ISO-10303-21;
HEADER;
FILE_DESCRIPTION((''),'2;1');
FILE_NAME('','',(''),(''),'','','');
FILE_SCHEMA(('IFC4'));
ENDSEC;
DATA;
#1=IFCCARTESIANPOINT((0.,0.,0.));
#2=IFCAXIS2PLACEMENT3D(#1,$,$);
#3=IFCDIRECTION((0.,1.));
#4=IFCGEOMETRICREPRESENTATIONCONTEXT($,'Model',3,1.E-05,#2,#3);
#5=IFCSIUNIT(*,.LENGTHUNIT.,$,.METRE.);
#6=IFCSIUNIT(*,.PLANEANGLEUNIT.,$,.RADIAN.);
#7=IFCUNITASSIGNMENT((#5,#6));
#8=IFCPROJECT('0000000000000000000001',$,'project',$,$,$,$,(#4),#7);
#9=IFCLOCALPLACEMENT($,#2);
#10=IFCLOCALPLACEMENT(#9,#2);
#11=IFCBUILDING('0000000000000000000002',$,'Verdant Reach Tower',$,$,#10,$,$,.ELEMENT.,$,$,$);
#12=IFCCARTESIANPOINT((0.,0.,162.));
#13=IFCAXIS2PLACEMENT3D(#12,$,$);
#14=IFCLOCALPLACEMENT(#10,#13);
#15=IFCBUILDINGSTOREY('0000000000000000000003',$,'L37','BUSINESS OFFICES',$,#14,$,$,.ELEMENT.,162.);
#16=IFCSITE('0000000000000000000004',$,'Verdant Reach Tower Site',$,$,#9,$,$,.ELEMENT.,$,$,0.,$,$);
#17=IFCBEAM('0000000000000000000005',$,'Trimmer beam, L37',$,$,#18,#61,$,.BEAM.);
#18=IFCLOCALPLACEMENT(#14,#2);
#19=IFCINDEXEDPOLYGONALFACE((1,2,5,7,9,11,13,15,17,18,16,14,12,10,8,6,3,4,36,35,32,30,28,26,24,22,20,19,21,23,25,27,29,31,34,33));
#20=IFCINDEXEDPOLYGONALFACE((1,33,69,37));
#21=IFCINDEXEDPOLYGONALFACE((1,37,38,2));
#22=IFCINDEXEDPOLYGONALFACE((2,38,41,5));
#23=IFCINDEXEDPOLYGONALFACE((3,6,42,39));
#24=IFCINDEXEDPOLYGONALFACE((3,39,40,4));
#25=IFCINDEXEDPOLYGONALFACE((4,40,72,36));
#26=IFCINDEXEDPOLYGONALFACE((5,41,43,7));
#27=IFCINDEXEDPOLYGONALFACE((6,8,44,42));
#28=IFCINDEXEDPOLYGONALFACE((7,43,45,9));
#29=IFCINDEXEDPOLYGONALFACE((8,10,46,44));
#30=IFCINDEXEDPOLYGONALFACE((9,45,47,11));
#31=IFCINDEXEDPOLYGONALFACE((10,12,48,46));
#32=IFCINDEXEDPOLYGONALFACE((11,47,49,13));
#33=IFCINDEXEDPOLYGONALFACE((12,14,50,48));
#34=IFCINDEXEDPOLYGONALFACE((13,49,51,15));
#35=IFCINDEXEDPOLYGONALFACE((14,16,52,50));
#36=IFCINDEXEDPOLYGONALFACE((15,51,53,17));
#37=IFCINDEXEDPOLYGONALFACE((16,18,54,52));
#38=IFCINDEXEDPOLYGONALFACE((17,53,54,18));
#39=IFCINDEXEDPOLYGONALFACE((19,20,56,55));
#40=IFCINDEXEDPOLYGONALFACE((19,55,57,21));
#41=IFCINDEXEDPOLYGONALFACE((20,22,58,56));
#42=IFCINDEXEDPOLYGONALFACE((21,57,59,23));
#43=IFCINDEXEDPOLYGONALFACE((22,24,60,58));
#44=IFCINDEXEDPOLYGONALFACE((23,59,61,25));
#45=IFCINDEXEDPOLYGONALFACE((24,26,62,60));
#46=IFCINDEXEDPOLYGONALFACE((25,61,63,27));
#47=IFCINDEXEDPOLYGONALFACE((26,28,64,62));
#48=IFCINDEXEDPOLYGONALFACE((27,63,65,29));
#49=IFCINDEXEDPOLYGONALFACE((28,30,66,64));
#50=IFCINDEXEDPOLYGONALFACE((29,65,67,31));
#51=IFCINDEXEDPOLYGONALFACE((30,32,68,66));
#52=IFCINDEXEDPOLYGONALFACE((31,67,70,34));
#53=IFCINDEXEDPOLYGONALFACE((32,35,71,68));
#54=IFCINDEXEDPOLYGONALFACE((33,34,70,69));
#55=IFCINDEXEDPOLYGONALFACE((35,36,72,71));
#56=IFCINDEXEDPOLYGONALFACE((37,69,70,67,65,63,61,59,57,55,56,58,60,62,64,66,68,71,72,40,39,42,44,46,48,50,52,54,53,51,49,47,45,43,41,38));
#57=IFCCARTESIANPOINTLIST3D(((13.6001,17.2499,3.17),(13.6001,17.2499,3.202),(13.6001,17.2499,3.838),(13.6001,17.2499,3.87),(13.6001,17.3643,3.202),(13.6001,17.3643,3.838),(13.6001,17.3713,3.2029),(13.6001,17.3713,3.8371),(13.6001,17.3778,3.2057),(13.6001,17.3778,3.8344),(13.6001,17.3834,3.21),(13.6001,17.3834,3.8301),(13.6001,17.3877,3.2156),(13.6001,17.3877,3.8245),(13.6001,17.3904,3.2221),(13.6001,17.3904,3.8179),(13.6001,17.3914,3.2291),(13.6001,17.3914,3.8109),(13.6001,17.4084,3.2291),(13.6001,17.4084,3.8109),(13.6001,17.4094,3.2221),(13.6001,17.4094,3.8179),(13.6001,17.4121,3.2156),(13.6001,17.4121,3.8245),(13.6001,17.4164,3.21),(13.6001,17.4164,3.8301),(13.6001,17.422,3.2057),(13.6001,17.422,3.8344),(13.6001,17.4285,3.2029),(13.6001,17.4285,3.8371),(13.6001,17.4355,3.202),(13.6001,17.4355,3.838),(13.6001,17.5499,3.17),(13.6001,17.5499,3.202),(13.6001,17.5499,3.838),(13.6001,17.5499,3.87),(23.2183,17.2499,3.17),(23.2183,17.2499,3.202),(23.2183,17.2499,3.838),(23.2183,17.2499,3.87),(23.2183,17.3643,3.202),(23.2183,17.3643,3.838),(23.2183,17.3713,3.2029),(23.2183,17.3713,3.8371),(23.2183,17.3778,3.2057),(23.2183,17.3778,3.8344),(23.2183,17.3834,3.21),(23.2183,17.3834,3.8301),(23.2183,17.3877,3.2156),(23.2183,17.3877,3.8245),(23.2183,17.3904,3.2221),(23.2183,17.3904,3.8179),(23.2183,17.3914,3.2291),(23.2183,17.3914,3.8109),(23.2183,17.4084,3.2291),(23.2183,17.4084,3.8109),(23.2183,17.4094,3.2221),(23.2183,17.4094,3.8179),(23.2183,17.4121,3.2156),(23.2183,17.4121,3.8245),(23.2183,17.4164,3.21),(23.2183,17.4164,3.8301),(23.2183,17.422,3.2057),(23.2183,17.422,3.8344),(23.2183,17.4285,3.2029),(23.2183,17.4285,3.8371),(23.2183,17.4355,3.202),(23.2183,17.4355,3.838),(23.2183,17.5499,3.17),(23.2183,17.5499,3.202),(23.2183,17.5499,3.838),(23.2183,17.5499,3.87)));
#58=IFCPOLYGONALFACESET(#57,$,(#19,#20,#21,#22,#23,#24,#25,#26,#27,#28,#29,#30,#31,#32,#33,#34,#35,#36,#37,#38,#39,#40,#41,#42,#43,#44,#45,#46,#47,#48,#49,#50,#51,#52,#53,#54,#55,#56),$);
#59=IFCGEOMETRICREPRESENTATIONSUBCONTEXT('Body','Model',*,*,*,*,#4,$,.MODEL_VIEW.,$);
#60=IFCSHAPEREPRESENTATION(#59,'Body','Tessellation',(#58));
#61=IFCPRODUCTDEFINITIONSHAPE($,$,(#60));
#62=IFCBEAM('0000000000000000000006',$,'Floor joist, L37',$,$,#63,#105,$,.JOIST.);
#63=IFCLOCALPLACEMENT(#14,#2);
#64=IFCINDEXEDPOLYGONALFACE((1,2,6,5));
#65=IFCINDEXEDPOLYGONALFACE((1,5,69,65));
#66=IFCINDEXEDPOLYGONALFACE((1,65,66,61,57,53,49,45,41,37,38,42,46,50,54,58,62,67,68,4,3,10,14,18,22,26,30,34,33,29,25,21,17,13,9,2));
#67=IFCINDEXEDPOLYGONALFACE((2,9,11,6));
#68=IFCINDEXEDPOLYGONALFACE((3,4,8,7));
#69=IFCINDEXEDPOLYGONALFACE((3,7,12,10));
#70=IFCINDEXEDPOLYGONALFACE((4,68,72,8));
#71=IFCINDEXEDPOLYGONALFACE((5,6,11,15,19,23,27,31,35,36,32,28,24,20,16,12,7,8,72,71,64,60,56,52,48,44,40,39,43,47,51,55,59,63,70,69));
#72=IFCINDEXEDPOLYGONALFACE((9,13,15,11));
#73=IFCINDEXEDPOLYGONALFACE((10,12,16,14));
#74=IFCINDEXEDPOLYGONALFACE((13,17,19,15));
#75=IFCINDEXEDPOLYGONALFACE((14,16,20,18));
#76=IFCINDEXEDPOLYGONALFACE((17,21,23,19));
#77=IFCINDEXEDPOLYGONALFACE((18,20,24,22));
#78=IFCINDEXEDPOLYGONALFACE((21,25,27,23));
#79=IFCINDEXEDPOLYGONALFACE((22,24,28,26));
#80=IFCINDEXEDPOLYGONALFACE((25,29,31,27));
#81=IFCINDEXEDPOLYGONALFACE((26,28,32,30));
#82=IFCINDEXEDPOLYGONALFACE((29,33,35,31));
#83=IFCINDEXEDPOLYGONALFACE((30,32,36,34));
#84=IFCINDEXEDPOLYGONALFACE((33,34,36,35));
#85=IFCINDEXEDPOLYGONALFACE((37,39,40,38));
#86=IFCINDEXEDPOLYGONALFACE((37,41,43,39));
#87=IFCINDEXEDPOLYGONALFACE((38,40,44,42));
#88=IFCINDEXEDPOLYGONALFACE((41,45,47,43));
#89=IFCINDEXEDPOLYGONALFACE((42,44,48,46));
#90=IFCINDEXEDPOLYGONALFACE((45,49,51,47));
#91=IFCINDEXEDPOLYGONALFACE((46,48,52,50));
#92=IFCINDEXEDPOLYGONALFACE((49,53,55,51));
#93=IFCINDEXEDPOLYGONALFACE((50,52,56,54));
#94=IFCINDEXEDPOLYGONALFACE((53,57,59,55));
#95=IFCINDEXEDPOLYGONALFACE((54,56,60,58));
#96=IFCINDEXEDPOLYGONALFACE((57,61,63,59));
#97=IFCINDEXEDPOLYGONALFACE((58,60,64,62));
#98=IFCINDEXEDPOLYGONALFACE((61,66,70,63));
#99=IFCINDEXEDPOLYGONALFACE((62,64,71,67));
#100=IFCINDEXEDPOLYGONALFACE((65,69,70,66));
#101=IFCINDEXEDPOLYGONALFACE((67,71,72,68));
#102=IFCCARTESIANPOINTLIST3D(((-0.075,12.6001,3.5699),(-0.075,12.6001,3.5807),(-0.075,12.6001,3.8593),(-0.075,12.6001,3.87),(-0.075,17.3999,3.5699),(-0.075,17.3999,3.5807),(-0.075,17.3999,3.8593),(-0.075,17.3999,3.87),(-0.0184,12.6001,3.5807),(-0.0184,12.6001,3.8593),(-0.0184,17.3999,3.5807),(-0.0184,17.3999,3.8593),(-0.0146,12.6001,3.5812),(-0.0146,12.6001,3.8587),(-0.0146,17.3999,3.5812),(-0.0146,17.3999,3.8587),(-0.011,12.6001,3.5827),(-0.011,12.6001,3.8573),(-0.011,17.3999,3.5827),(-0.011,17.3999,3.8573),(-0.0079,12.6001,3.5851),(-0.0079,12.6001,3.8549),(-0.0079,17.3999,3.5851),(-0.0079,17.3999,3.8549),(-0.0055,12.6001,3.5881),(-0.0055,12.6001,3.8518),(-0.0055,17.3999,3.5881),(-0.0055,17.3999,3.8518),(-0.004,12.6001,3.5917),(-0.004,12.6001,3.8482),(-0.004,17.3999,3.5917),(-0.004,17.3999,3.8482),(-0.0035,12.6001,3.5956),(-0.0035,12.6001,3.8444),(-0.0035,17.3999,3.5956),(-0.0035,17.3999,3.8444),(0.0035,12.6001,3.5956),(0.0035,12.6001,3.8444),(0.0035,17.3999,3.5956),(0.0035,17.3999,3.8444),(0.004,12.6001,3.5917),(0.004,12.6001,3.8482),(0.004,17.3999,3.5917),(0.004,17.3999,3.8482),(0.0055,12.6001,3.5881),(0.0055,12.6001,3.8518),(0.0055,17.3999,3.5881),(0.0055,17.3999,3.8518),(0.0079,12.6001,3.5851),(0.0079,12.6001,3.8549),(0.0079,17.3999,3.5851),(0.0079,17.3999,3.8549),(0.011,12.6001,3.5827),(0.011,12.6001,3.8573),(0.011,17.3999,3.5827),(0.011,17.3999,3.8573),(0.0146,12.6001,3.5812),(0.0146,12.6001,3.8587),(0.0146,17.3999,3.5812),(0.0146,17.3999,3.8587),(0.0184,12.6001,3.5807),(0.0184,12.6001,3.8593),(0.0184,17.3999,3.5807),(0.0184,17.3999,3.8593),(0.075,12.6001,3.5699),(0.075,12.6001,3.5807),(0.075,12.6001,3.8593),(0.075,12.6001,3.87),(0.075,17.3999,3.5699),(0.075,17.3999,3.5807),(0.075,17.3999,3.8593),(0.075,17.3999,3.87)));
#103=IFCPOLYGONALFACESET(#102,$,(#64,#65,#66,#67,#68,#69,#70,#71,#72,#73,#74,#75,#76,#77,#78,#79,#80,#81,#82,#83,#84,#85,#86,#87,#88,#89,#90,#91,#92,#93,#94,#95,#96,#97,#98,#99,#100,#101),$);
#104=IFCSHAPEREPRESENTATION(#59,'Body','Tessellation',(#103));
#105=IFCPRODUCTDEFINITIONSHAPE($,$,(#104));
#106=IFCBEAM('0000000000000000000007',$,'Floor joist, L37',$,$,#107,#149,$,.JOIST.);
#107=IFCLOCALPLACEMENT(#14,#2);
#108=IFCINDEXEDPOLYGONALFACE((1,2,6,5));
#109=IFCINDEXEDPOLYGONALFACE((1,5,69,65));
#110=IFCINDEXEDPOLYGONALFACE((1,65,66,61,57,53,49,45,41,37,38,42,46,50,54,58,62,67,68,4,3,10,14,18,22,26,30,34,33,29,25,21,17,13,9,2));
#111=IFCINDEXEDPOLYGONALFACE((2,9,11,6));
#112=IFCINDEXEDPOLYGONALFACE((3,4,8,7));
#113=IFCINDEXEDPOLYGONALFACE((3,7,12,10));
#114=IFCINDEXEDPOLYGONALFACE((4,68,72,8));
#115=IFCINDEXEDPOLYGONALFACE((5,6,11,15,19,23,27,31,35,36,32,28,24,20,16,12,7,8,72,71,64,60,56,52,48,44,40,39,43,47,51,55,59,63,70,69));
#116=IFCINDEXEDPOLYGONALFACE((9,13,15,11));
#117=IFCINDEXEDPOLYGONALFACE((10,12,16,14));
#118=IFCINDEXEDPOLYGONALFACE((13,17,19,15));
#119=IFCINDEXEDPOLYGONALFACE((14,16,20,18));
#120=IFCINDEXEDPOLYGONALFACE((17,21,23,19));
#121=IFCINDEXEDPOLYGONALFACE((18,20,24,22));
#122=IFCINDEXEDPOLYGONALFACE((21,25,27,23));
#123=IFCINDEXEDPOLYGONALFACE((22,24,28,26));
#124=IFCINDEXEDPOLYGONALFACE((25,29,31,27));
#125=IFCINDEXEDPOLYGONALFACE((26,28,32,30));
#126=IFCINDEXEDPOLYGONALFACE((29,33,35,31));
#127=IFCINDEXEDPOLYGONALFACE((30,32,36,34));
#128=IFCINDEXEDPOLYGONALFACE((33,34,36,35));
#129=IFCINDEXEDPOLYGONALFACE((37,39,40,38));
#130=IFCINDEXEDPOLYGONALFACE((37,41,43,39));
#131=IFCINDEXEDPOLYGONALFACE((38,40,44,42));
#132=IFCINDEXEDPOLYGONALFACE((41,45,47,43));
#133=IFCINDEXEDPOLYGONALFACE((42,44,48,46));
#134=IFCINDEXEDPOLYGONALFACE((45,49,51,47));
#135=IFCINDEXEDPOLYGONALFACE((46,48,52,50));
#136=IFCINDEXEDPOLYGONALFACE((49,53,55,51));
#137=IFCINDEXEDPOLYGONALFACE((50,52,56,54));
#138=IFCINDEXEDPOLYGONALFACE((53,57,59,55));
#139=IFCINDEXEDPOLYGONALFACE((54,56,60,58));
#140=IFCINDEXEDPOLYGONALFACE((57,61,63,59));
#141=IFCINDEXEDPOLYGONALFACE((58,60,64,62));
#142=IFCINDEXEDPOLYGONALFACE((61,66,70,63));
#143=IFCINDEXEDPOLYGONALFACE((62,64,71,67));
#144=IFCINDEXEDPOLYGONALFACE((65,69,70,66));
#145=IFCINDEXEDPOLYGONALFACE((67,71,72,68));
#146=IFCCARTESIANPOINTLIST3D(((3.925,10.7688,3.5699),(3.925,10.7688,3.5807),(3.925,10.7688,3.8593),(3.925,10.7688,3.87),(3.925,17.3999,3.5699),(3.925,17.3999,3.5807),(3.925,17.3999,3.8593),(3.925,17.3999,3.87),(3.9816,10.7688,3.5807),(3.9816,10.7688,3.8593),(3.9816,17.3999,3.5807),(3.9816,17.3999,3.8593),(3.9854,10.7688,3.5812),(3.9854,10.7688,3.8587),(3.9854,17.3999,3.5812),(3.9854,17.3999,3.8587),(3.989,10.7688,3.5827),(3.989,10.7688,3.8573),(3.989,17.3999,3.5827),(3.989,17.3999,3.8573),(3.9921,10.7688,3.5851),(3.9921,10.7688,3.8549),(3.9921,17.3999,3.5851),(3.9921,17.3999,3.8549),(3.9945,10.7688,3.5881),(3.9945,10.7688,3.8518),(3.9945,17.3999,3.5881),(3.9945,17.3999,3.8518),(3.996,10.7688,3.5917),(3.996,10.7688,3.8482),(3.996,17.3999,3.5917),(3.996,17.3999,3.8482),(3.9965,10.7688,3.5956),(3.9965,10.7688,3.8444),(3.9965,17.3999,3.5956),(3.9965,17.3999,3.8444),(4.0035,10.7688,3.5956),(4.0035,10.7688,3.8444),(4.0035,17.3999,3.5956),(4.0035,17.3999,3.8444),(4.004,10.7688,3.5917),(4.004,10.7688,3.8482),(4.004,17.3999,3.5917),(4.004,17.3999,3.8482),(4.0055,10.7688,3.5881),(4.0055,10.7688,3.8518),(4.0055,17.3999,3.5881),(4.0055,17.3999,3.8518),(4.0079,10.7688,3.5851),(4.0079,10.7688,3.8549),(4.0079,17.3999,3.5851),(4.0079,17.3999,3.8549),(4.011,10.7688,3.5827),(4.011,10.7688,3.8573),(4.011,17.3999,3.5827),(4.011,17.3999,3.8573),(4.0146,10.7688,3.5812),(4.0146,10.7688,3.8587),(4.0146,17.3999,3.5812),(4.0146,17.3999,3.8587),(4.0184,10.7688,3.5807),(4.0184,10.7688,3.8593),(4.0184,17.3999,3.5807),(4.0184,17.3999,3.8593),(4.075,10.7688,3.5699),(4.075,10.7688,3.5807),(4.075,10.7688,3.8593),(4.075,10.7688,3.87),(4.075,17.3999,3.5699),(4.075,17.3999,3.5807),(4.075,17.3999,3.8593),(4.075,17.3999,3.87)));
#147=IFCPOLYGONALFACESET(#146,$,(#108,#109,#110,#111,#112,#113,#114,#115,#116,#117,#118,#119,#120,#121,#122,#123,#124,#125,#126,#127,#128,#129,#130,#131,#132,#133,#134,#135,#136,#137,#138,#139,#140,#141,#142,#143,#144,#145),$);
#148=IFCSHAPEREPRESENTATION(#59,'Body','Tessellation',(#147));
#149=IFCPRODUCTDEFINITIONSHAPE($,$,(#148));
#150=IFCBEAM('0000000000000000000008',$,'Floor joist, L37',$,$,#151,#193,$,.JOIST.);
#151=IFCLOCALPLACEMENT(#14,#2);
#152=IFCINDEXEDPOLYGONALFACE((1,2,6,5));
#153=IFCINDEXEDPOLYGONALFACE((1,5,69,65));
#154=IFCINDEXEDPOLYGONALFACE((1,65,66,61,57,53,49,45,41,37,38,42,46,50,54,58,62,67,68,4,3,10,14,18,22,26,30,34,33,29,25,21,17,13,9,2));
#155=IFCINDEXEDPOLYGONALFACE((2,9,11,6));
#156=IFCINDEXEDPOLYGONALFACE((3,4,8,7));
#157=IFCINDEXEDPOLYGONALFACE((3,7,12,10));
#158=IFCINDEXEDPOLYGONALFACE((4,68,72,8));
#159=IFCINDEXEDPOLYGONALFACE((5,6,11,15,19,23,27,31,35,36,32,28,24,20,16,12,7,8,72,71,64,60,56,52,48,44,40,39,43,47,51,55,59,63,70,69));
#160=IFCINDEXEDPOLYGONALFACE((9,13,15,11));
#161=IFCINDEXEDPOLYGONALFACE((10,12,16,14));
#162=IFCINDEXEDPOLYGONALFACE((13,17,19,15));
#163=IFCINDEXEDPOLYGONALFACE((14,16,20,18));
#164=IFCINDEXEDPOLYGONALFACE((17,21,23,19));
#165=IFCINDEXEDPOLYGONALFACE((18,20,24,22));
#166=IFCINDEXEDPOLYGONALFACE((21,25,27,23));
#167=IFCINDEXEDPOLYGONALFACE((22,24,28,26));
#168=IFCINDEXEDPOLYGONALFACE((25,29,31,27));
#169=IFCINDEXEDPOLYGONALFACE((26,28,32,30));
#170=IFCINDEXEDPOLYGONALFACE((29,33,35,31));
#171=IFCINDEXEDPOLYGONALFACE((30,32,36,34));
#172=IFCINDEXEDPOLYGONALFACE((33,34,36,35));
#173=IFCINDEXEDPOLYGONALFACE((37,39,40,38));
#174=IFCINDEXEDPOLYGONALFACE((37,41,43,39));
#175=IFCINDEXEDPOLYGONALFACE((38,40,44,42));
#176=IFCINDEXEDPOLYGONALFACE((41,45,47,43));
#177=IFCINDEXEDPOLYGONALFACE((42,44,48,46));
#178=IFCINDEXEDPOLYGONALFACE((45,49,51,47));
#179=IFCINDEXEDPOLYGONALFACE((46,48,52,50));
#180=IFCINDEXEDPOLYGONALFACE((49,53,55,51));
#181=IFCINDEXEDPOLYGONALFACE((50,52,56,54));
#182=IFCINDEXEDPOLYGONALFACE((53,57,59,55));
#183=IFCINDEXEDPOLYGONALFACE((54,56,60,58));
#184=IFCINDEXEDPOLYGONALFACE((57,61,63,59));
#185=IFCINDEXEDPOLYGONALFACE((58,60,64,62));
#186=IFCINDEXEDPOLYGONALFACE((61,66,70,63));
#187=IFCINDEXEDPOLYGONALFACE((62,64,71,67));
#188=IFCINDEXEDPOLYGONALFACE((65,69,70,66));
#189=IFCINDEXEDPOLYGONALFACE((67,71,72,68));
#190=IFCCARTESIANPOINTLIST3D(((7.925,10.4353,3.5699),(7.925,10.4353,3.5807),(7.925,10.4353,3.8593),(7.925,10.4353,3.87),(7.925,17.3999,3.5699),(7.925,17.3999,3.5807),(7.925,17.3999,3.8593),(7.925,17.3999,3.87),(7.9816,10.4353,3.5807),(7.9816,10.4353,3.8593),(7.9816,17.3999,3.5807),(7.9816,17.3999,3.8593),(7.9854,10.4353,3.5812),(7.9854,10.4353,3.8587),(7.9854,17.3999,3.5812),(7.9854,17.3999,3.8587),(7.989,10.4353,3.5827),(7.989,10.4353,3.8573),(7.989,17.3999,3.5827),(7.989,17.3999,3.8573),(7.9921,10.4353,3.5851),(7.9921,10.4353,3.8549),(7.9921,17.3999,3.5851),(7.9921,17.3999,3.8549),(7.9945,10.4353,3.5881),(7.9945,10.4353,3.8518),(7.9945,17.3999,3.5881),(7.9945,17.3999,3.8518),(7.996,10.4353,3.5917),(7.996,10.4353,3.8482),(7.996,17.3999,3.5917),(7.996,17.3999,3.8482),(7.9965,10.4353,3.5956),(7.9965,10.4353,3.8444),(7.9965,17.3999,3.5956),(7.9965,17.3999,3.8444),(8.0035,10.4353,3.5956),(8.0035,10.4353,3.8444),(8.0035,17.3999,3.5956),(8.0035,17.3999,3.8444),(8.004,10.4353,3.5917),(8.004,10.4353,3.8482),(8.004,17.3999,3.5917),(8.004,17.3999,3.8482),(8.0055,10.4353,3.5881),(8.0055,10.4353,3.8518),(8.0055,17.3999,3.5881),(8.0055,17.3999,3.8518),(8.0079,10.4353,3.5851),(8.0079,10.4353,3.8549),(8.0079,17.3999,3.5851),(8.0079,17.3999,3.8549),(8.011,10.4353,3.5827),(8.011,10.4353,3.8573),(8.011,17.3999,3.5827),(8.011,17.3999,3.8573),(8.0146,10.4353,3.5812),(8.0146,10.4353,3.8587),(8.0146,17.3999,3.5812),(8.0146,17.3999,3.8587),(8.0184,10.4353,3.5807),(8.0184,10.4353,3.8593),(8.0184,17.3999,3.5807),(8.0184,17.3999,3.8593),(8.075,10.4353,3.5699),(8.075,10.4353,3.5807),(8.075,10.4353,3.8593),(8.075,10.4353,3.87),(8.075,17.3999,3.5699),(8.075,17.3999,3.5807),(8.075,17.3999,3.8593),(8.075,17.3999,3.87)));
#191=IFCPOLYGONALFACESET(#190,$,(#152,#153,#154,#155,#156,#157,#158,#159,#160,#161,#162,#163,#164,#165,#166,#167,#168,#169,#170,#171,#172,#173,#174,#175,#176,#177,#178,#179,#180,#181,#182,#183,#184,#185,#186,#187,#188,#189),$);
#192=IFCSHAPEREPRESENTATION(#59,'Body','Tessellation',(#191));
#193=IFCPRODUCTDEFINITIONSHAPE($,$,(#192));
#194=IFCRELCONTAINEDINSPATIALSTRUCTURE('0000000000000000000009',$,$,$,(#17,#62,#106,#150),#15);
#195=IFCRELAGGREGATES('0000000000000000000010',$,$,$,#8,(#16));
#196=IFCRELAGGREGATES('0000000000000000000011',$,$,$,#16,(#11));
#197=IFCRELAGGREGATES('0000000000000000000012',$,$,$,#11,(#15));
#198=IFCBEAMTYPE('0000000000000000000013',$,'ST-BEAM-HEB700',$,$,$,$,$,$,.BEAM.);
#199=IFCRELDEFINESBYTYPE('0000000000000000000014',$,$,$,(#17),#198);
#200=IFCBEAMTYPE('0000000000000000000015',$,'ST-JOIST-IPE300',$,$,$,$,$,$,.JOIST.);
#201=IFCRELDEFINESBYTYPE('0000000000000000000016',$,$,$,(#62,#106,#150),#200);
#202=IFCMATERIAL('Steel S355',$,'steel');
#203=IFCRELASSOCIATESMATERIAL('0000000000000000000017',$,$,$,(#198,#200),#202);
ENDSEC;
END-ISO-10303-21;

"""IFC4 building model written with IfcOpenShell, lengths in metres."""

from ifc_helpers import new_model, si_unit, direction, frame, origin, origin_2d, place, context, subcontext, project, spatial, i_section, extrude, material, material_profile, profile_set, type_object, element, save


model = new_model("IFC4")

# Units and contexts
model_context = context("Model", 3, precision=1e-05, world=origin(), true_north=direction((0.0, 1.0)))
body_context = subcontext(model_context, "Body", "Model", "MODEL_VIEW")
ifc_project = project(units=[si_unit("LENGTHUNIT", "METRE"), si_unit("PLANEANGLEUNIT", "RADIAN")], contexts=[model_context])

# Site, building, storey
site_placement = place(None, origin())
site = spatial("IfcSite", under=ifc_project, at=site_placement, Name="Verdant Reach Tower Site", CompositionType="ELEMENT", RefElevation=0.0)
building_placement = place(site_placement, origin())
building = spatial("IfcBuilding", under=site, at=building_placement, Name="Verdant Reach Tower", CompositionType="ELEMENT")
storey_placement = place(building_placement, frame((0.0, 0.0, 162.0)))
storey = spatial("IfcBuildingStorey", under=building, at=storey_placement, Name="L37", Description="BUSINESS OFFICES", CompositionType="ELEMENT", Elevation=162.0)

# Beams
ifc_material_1 = material(Name="Steel S355", Category="steel")
ifc_material_profile_1 = material_profile(ifc_material_1, i_section(OverallWidth=0.3, OverallDepth=0.7, WebThickness=0.0171, FlangeThickness=0.032, FilletRadius=0.0271, at=origin_2d()), Name="HEB 700")
ifc_profile_set_1 = profile_set([ifc_material_profile_1], Name="Steel S355")
beam_type_1 = type_object("IfcBeamType", Name="ST-BEAM-HEB700", PredefinedType="BEAM", material=ifc_profile_set_1)
beam_1_placement = place(storey_placement, frame((13.6001, 17.3999, 3.52), z_axis=(1.0, 0.0, 0.0), x_axis=(0.0, 1.0, 0.0)))
element("IfcBeam", 1, at=beam_1_placement, inside=storey, type_object=beam_type_1, Name="Trimmer beam, L37", PredefinedType="BEAM", context=body_context, shape_type="SweptSolid", body=[
    extrude(i_section(OverallWidth=0.3, OverallDepth=0.7, WebThickness=0.0171, FlangeThickness=0.032, FilletRadius=0.0271, at=origin_2d()), origin(), (0.0, 0.0, 1.0), 9.6182),
])
ifc_material_profile_2 = material_profile(ifc_material_1, i_section(OverallWidth=0.1499, OverallDepth=0.3, WebThickness=0.0071, FlangeThickness=0.0107, FilletRadius=0.0149, at=origin_2d()), Name="IPE 300")
ifc_profile_set_2 = profile_set([ifc_material_profile_2], Name="Steel S355")
beam_type_2 = type_object("IfcBeamType", Name="ST-JOIST-IPE300", PredefinedType="JOIST", material=ifc_profile_set_2)
beam_2_placement = place(storey_placement, frame((0.0, 17.3999, 3.72), z_axis=(0.0, -1.0, 0.0), x_axis=(1.0, 0.0, 0.0)))
element("IfcBeam", 2, at=beam_2_placement, inside=storey, type_object=beam_type_2, Name="Floor joist, L37", PredefinedType="JOIST", context=body_context, shape_type="SweptSolid", body=[
    extrude(i_section(OverallWidth=0.1499, OverallDepth=0.3, WebThickness=0.0071, FlangeThickness=0.0107, FilletRadius=0.0149, at=origin_2d()), origin(), (0.0, 0.0, 1.0), 4.7998),
])
beam_3_placement = place(storey_placement, frame((4.0, 17.3999, 3.72), z_axis=(0.0, -1.0, 0.0), x_axis=(1.0, 0.0, 0.0)))
element("IfcBeam", 3, at=beam_3_placement, inside=storey, type_object=beam_type_2, Name="Floor joist, L37", PredefinedType="JOIST", context=body_context, shape_type="SweptSolid", body=[
    extrude(i_section(OverallWidth=0.1499, OverallDepth=0.3, WebThickness=0.0071, FlangeThickness=0.0107, FilletRadius=0.0149, at=origin_2d()), origin(), (0.0, 0.0, 1.0), 6.6311),
])
beam_4_placement = place(storey_placement, frame((8.0, 17.3999, 3.72), z_axis=(0.0, -1.0, 0.0), x_axis=(1.0, 0.0, 0.0)))
element("IfcBeam", 4, at=beam_4_placement, inside=storey, type_object=beam_type_2, Name="Floor joist, L37", PredefinedType="JOIST", context=body_context, shape_type="SweptSolid", body=[
    extrude(i_section(OverallWidth=0.1499, OverallDepth=0.3, WebThickness=0.0071, FlangeThickness=0.0107, FilletRadius=0.0149, at=origin_2d()), origin(), (0.0, 0.0, 1.0), 6.9646),
])

save(model, "model.ifc")
